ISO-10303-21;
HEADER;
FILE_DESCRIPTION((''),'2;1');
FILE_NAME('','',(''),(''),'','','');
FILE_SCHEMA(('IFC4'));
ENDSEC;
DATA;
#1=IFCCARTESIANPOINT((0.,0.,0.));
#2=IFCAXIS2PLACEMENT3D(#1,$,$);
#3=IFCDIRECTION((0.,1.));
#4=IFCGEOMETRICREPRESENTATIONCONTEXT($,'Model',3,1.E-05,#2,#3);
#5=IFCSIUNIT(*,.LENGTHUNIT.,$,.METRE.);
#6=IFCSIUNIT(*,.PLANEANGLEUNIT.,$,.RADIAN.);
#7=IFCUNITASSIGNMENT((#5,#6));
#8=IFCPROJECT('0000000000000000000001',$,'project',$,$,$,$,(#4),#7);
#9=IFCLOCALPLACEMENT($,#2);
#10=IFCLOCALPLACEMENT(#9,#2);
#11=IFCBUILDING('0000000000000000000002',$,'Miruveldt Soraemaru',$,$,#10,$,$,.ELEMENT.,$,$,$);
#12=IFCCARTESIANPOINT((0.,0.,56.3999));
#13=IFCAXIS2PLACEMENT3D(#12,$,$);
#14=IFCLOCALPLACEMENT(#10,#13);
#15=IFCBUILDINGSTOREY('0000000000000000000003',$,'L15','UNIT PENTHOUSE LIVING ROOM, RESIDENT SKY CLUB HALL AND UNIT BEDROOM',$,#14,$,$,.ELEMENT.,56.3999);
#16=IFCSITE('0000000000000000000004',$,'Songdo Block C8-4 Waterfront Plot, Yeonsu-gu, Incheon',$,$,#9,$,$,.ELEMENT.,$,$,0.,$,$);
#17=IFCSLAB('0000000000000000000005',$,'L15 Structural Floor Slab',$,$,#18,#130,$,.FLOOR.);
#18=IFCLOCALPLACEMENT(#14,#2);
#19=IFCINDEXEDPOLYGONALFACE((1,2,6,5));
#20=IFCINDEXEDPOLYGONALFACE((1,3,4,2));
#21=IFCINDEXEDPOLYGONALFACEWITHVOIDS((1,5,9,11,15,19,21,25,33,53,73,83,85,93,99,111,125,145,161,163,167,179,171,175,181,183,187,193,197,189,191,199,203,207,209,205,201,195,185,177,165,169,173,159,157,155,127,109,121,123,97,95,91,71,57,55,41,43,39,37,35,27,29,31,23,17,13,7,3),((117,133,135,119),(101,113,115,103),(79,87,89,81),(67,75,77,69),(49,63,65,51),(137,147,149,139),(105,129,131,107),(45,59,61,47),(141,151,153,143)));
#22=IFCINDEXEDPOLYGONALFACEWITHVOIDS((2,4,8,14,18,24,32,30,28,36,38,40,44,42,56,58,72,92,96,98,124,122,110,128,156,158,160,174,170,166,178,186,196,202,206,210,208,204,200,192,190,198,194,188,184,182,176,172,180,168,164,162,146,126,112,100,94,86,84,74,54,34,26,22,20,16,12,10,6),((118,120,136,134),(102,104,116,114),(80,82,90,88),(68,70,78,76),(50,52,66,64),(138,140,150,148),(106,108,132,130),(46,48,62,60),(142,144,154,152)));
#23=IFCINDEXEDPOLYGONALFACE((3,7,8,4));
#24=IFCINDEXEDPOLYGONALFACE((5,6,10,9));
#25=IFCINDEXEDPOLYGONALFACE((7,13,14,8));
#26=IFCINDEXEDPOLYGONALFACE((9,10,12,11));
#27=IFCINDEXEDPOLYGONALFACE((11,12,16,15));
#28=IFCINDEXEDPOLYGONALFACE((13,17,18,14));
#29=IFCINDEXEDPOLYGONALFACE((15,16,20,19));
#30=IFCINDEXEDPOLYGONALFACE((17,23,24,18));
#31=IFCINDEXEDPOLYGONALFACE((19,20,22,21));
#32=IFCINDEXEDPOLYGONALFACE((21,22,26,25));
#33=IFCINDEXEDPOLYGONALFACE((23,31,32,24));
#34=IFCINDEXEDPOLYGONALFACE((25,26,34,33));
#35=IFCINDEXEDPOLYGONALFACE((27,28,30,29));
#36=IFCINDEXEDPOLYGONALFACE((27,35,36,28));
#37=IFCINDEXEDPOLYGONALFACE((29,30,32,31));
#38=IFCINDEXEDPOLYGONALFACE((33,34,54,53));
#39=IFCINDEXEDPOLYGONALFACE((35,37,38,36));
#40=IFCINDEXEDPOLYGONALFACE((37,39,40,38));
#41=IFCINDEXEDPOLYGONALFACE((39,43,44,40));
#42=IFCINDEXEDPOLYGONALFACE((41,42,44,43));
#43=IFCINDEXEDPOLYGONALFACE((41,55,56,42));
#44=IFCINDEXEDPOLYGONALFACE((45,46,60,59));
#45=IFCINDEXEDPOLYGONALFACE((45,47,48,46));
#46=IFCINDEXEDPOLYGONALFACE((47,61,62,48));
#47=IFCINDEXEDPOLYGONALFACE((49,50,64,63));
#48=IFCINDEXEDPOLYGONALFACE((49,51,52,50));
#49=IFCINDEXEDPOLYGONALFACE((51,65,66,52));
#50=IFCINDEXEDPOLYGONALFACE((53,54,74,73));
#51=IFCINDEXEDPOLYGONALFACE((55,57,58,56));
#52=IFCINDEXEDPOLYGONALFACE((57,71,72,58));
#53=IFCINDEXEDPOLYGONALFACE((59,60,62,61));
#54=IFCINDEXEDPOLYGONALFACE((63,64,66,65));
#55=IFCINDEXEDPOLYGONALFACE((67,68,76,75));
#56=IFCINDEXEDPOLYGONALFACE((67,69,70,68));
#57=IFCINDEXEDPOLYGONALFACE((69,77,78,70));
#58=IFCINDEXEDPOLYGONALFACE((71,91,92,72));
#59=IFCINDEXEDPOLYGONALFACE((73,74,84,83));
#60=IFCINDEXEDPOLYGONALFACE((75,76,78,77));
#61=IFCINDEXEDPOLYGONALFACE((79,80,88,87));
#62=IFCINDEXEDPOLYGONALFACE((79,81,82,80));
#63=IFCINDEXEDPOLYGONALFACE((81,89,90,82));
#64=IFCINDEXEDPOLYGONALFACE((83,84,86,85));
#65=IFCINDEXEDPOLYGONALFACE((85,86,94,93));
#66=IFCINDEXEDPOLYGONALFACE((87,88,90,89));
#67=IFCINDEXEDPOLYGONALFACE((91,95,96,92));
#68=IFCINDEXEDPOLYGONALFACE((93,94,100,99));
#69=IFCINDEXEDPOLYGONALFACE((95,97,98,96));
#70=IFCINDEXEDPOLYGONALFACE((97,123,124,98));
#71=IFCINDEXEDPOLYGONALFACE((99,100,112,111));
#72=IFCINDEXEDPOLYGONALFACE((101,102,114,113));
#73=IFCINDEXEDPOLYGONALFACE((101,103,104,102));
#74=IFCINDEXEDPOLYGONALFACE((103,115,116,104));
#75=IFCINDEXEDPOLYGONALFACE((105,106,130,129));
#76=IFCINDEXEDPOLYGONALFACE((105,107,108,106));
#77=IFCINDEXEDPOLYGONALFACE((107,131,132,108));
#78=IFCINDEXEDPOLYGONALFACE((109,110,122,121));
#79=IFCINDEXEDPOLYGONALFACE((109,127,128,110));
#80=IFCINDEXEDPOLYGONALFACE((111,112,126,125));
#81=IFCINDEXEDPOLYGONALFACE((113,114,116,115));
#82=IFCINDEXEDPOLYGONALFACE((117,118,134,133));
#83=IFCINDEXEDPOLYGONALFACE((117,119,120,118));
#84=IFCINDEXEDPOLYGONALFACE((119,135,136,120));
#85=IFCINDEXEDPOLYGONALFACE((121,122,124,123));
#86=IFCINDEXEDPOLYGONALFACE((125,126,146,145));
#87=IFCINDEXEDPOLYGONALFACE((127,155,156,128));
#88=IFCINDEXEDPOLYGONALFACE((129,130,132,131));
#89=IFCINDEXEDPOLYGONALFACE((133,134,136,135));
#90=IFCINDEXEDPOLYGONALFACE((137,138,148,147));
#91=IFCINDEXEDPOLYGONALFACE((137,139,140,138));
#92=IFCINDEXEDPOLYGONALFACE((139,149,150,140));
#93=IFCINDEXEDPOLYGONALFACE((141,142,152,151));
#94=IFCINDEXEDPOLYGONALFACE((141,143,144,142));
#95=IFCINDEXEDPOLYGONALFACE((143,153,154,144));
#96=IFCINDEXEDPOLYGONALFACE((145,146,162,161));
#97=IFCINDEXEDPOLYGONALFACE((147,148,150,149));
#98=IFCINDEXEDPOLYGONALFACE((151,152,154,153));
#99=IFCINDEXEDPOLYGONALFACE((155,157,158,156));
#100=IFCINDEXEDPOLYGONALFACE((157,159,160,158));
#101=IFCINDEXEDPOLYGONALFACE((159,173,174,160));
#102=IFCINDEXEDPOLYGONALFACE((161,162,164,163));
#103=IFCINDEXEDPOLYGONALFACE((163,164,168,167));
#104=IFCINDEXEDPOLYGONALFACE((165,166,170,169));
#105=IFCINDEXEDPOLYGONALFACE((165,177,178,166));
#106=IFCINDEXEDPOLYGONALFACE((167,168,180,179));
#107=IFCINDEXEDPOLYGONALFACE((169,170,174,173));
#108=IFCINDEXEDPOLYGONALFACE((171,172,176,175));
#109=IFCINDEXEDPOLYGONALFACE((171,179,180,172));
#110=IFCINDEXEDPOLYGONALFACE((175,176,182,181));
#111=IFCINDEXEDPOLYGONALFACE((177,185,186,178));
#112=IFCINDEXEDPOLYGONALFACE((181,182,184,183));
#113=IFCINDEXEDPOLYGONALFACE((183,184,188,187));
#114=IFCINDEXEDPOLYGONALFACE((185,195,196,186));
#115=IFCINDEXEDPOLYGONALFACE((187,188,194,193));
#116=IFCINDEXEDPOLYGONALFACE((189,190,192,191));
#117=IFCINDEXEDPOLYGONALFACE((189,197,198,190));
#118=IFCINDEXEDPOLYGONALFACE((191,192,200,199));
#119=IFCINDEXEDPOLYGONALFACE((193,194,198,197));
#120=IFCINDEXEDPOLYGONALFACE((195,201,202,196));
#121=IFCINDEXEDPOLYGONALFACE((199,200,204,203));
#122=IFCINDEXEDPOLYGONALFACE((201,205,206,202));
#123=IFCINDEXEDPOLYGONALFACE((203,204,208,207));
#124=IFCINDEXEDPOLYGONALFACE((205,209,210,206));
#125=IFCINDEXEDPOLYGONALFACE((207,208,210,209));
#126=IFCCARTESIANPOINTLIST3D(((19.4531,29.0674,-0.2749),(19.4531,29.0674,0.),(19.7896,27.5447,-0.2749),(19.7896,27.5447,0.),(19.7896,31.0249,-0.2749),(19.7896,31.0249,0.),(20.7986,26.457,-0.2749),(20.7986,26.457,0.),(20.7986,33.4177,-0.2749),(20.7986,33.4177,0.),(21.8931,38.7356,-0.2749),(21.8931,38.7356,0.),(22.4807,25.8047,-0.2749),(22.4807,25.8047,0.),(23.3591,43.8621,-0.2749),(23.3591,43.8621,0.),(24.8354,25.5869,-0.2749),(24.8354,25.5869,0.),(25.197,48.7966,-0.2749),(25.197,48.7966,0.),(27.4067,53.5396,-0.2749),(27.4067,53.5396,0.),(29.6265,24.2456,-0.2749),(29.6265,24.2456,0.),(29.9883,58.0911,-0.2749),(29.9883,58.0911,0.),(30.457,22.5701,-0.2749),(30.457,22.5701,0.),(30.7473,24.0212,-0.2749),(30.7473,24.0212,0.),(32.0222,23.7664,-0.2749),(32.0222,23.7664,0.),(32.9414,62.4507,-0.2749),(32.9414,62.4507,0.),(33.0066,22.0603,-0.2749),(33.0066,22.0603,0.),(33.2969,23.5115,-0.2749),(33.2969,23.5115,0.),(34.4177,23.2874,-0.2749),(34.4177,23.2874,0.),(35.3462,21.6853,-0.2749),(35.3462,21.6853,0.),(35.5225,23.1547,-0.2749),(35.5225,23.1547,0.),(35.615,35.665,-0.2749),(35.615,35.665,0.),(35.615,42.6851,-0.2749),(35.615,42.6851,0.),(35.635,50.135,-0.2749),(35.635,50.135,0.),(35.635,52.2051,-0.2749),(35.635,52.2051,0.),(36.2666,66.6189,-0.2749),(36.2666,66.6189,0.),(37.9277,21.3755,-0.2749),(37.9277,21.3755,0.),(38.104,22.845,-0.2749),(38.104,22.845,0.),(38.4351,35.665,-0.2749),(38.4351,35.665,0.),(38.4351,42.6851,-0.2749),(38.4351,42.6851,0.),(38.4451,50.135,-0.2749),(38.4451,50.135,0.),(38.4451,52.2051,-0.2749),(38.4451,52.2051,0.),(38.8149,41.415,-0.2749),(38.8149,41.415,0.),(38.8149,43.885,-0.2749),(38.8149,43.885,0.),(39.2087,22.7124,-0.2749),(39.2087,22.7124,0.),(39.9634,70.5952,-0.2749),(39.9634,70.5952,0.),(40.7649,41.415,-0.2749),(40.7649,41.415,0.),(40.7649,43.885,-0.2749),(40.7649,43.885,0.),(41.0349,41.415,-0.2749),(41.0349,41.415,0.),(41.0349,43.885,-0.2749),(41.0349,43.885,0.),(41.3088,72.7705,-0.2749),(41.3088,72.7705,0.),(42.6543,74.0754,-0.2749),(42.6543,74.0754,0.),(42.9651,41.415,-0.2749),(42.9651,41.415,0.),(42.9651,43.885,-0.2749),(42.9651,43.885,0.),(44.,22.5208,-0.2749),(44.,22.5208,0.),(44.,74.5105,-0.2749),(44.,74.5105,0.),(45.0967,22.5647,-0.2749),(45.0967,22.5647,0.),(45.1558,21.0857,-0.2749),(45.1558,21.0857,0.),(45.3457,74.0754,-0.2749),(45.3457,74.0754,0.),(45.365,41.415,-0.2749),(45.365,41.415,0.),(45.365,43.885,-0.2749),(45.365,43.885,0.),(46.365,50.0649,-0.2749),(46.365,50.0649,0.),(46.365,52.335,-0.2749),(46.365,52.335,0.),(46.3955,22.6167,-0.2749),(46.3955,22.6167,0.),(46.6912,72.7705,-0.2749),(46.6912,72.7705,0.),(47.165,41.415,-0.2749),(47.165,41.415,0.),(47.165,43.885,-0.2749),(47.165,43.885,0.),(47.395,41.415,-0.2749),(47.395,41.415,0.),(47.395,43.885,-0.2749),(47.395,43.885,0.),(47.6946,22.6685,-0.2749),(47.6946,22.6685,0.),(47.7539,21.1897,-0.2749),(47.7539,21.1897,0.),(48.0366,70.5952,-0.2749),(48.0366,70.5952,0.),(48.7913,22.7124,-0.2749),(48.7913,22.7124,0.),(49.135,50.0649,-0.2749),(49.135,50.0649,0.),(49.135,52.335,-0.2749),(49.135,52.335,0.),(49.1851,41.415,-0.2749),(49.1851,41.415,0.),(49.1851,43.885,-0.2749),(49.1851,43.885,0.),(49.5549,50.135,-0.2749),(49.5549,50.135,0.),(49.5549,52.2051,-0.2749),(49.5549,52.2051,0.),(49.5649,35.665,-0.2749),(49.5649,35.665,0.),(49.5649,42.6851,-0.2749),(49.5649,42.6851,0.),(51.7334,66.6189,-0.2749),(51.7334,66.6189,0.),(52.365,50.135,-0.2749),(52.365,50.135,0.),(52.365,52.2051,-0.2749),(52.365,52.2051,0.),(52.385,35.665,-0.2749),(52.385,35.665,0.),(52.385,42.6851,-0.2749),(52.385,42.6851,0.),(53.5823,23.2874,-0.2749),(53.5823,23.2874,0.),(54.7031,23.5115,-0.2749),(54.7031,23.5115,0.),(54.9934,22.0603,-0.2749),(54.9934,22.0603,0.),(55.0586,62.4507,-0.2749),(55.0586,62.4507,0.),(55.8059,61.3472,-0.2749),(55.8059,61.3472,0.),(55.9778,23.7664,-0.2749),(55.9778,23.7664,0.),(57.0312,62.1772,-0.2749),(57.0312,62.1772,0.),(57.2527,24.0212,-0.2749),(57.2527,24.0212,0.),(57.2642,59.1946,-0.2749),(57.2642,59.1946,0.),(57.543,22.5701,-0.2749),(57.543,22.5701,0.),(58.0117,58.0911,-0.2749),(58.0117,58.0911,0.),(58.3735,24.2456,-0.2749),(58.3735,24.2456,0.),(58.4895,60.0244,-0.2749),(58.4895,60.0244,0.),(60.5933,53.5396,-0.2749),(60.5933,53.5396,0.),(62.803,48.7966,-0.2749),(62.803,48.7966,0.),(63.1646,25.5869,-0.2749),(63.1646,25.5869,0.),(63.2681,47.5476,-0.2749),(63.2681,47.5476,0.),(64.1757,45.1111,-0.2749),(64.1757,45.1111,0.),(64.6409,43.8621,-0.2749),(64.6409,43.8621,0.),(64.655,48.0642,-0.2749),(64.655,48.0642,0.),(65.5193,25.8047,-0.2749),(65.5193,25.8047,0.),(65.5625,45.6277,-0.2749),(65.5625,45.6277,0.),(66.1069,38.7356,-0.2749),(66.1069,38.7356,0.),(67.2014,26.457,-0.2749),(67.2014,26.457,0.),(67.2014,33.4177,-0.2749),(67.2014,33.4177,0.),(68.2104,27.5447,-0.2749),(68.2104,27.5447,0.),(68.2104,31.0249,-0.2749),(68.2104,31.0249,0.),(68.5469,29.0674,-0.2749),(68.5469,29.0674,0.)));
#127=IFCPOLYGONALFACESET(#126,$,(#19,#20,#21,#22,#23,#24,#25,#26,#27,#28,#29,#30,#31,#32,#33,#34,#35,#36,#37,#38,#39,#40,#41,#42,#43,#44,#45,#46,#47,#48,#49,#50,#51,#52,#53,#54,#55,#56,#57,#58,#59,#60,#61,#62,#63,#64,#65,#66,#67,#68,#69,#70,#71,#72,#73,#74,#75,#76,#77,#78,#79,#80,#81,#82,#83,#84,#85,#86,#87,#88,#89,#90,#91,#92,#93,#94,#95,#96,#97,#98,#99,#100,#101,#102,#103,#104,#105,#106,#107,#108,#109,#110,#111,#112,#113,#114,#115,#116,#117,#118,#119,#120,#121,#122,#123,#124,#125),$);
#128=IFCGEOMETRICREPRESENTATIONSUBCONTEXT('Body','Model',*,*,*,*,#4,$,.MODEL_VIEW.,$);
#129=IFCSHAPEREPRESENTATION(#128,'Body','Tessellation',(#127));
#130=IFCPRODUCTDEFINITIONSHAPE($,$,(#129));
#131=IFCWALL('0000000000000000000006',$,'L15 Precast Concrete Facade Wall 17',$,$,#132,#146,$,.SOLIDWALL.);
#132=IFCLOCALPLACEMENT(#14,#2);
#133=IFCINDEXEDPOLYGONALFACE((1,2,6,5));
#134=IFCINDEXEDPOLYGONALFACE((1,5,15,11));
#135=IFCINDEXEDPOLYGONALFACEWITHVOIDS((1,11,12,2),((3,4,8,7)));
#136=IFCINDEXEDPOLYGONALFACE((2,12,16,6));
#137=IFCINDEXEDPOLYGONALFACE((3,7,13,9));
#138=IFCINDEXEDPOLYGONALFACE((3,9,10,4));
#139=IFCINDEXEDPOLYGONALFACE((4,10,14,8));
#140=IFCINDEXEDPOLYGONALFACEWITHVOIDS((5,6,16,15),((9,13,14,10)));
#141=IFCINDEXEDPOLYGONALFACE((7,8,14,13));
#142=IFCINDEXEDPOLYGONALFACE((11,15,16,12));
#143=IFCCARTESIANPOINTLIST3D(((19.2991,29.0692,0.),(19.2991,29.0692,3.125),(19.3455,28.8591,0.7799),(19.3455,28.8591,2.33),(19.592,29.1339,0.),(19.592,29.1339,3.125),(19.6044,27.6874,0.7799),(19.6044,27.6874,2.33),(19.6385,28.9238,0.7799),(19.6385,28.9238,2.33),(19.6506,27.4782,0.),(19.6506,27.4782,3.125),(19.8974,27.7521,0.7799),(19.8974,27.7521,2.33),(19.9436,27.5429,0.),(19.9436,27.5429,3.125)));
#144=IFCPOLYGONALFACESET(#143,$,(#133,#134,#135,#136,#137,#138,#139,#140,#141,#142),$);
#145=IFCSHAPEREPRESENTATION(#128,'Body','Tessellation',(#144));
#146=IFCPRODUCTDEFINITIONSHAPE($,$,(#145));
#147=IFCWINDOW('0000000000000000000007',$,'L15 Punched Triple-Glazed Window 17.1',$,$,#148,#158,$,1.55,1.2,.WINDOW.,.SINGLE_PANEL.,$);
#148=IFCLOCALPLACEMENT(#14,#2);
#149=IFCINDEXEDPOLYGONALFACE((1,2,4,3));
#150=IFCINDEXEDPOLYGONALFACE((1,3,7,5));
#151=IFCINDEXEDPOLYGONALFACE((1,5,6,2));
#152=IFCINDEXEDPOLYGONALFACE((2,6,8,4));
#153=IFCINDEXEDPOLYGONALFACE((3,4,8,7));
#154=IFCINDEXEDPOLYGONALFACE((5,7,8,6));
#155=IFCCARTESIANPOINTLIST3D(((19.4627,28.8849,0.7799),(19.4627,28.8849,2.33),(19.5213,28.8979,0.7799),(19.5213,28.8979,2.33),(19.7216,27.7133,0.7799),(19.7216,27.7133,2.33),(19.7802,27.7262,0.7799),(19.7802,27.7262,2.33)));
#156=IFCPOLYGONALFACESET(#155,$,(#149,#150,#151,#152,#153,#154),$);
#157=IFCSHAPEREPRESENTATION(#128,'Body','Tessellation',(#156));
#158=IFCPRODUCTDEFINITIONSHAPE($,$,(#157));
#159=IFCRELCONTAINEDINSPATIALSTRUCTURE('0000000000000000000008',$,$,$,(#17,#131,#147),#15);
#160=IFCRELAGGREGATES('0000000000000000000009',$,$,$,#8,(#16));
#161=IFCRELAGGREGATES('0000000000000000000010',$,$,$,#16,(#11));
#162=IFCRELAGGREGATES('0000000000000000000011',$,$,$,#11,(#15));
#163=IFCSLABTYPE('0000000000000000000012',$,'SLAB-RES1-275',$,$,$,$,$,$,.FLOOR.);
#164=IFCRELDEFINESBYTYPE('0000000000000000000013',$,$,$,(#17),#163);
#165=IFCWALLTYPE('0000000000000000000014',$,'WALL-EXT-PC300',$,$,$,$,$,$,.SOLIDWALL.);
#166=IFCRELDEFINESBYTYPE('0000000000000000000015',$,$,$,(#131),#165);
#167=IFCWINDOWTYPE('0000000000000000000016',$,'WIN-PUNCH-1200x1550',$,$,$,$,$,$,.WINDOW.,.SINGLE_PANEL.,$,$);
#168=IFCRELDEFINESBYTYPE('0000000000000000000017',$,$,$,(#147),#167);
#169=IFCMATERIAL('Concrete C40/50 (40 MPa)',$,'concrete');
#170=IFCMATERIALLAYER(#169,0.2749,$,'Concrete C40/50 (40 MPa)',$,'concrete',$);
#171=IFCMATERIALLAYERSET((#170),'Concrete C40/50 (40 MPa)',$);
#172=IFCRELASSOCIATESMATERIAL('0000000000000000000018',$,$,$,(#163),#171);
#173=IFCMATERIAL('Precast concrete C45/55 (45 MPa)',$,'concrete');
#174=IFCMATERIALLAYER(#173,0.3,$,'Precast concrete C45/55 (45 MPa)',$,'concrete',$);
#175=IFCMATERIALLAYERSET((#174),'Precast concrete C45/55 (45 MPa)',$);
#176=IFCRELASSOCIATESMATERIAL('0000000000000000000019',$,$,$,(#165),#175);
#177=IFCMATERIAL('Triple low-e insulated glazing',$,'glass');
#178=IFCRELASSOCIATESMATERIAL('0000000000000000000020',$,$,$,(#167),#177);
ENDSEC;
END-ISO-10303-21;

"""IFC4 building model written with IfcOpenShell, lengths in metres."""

from ifc_helpers import new_model, si_unit, direction, frame, frame_2d, origin, place, context, subcontext, project, spatial, polyline, rectangle, outline, extrude, material, layer, layer_set, type_object, element, fill, save


model = new_model("IFC4")

# Units and contexts
model_context = context("Model", 3, precision=1e-05, world=origin(), true_north=direction((0.0, 1.0)))
body_context = subcontext(model_context, "Body", "Model", "MODEL_VIEW")
ifc_project = project(units=[si_unit("LENGTHUNIT", "METRE"), si_unit("PLANEANGLEUNIT", "RADIAN")], contexts=[model_context])

# Site, building, storey
site_placement = place(None, origin())
site = spatial("IfcSite", under=ifc_project, at=site_placement, Name="Songdo Block C8-4 Waterfront Plot, Yeonsu-gu, Incheon", CompositionType="ELEMENT", RefElevation=0.0)
building_placement = place(site_placement, origin())
building = spatial("IfcBuilding", under=site, at=building_placement, Name="Miruveldt Soraemaru", CompositionType="ELEMENT")
storey_placement = place(building_placement, frame((0.0, 0.0, 56.3999)))
storey = spatial("IfcBuildingStorey", under=building, at=storey_placement, Name="L15", Description="UNIT PENTHOUSE LIVING ROOM, RESIDENT SKY CLUB HALL AND UNIT BEDROOM", CompositionType="ELEMENT", Elevation=56.3999)

# Shared definitions
ifc_material_1 = material(Name="Concrete C40/50 (40 MPa)", Category="concrete")

# Slab
ifc_layer_1 = layer(ifc_material_1, 0.2749, Name="Concrete C40/50 (40 MPa)", Category="concrete")
ifc_layer_set_1 = layer_set([ifc_layer_1], Name="Concrete C40/50 (40 MPa)")
slab_type_1 = type_object("IfcSlabType", Name="SLAB-RES1-275", PredefinedType="FLOOR", material=ifc_layer_set_1)
slab_1_placement = place(storey_placement, frame((0.0, 0.0, -0.2749)))
element("IfcSlab", 1, at=slab_1_placement, inside=storey, type_object=slab_type_1, Name="L15 Structural Floor Slab", PredefinedType="FLOOR", context=body_context, shape_type="SweptSolid", body=[
    extrude(outline(polyline([(45.1558, 21.0857), (45.0967, 22.5647), (44.0, 22.5208), (39.2087, 22.7124), (38.104, 22.845), (37.9277, 21.3755), (35.3462, 21.6853), (35.5225, 23.1548), (36.8132, 22.9998), (34.4177, 23.2874), (33.2969, 23.5115), (33.0066, 22.0603), (30.457, 22.5701), (30.7473, 24.0212), (32.0222, 23.7664), (29.6265, 24.2456), (24.8354, 25.5869), (22.4807, 25.8047), (20.7986, 26.457), (19.7896, 27.5447), (19.4531, 29.0674), (19.7896, 31.0249), (20.7986, 33.4177), (21.8931, 38.7356), (23.3591, 43.8621), (25.197, 48.7966), (27.4067, 53.5396), (29.9883, 58.0911), (32.9414, 62.4507), (36.2666, 66.6189), (39.9634, 70.5952), (41.3088, 72.7705), (42.6543, 74.0754), (44.0, 74.5105), (45.3457, 74.0754), (46.6912, 72.7705), (48.0366, 70.5952), (51.7334, 66.6189), (55.0586, 62.4507), (55.8059, 61.3472), (57.0312, 62.1772), (58.4895, 60.0244), (57.2642, 59.1946), (58.0117, 58.0911), (60.5933, 53.5396), (62.803, 48.7966), (63.2681, 47.5476), (64.655, 48.0642), (65.5625, 45.6277), (64.1755, 45.1111), (63.7219, 46.3293), (64.6409, 43.8621), (66.1069, 38.7356), (67.2014, 33.4177), (68.2104, 31.0249), (68.5469, 29.0674), (68.2104, 27.5447), (67.2014, 26.457), (65.5193, 25.8047), (63.1646, 25.5869), (58.3735, 24.2456), (55.9778, 23.7664), (57.2527, 24.0212), (57.543, 22.5701), (54.9934, 22.0603), (54.7031, 23.5115), (53.5823, 23.2874), (48.7913, 22.7124), (46.3955, 22.6167), (47.6946, 22.6685), (47.7539, 21.1897), (45.1558, 21.0857)]), holes=[polyline([(35.615, 35.665), (38.4351, 35.665), (38.4351, 42.6851), (35.615, 42.6851), (35.615, 35.665)]), polyline([(49.5649, 35.665), (52.385, 35.665), (52.385, 42.6851), (49.5649, 42.6851), (49.5649, 35.665)]), polyline([(40.7649, 41.415), (40.7649, 43.885), (38.8149, 43.885), (38.8149, 41.415), (40.7649, 41.415)]), polyline([(42.9651, 41.415), (42.9651, 43.885), (41.0349, 43.885), (41.0349, 41.415), (42.9651, 41.415)]), polyline([(47.165, 41.415), (47.165, 43.885), (45.365, 43.885), (45.365, 41.415), (47.165, 41.415)]), polyline([(49.1851, 41.415), (49.1851, 43.885), (47.395, 43.885), (47.395, 41.415), (49.1851, 41.415)]), polyline([(38.4451, 50.135), (38.4451, 52.2051), (35.635, 52.2051), (35.635, 50.135), (38.4451, 50.135)]), polyline([(49.5549, 50.135), (52.365, 50.135), (52.365, 52.2051), (49.5549, 52.2051), (49.5549, 50.135)]), polyline([(46.365, 50.0649), (49.135, 50.0649), (49.135, 52.335), (46.365, 52.335), (46.365, 50.0649)])]), origin(), (0.0, 0.0, 1.0), 0.2749),
])

# Wall, opening, window
ifc_material_2 = material(Name="Precast concrete C45/55 (45 MPa)", Category="concrete")
ifc_layer_2 = layer(ifc_material_2, 0.3, Name="Precast concrete C45/55 (45 MPa)", Category="concrete")
ifc_layer_set_2 = layer_set([ifc_layer_2], Name="Precast concrete C45/55 (45 MPa)")
wall_type_1 = type_object("IfcWallType", Name="WALL-EXT-PC300", PredefinedType="SOLIDWALL", material=ifc_layer_set_2)
wall_1_placement = place(storey_placement, frame((19.4456, 29.1016, 0.0), z_axis=(0.0, 0.0, 1.0), x_axis=(0.215756, -0.976447, 0.0)))
wall_1 = element("IfcWall", 2, at=wall_1_placement, inside=storey, type_object=wall_type_1, Name="L15 Precast Concrete Facade Wall 17", PredefinedType="SOLIDWALL", context=body_context, shape_type="SweptSolid", body=[
    extrude(rectangle(XDim=1.6294, YDim=0.3, at=frame_2d((0.8147, 0.0))), origin(), (0.0, 0.0, 1.0), 3.125),
])
opening_1_placement = place(wall_1_placement, frame((0.2151, 0.0, 0.78)))
opening_1 = element("IfcOpeningElement", 3, at=opening_1_placement, cuts=wall_1, PredefinedType="OPENING", context=body_context, shape_type="SweptSolid", body=[
    extrude(rectangle(XDim=1.2, YDim=1.55, at=frame_2d((0.6001, 0.7749))), frame((0.0, 0.1602, 0.0), z_axis=(0.0, -1.0, 0.0), x_axis=(1.0, 0.0, 0.0)), (0.0, 0.0, 1.0), 0.3201),
])
ifc_material_3 = material(Name="Triple low-e insulated glazing", Category="glass")
window_type_1 = type_object("IfcWindowType", Name="WIN-PUNCH-1200x1550", PartitioningType="SINGLE_PANEL", PredefinedType="WINDOW", material=ifc_material_3)
window_1_placement = place(opening_1_placement, origin())
window_1 = element("IfcWindow", 4, at=window_1_placement, inside=storey, type_object=window_type_1, Name="L15 Punched Triple-Glazed Window 17.1", OverallHeight=1.55, OverallWidth=1.2, PartitioningType="SINGLE_PANEL", PredefinedType="WINDOW", context=body_context, shape_type="SweptSolid", body=[
    extrude(rectangle(XDim=1.2, YDim=1.55, at=frame_2d((0.6001, 0.7749))), frame((0.0, 0.03, 0.0), z_axis=(0.0, -1.0, 0.0), x_axis=(1.0, 0.0, 0.0)), (0.0, 0.0, 1.0), 0.0601),
])
fill(opening_1, window_1)

save(model, "model.ifc")
